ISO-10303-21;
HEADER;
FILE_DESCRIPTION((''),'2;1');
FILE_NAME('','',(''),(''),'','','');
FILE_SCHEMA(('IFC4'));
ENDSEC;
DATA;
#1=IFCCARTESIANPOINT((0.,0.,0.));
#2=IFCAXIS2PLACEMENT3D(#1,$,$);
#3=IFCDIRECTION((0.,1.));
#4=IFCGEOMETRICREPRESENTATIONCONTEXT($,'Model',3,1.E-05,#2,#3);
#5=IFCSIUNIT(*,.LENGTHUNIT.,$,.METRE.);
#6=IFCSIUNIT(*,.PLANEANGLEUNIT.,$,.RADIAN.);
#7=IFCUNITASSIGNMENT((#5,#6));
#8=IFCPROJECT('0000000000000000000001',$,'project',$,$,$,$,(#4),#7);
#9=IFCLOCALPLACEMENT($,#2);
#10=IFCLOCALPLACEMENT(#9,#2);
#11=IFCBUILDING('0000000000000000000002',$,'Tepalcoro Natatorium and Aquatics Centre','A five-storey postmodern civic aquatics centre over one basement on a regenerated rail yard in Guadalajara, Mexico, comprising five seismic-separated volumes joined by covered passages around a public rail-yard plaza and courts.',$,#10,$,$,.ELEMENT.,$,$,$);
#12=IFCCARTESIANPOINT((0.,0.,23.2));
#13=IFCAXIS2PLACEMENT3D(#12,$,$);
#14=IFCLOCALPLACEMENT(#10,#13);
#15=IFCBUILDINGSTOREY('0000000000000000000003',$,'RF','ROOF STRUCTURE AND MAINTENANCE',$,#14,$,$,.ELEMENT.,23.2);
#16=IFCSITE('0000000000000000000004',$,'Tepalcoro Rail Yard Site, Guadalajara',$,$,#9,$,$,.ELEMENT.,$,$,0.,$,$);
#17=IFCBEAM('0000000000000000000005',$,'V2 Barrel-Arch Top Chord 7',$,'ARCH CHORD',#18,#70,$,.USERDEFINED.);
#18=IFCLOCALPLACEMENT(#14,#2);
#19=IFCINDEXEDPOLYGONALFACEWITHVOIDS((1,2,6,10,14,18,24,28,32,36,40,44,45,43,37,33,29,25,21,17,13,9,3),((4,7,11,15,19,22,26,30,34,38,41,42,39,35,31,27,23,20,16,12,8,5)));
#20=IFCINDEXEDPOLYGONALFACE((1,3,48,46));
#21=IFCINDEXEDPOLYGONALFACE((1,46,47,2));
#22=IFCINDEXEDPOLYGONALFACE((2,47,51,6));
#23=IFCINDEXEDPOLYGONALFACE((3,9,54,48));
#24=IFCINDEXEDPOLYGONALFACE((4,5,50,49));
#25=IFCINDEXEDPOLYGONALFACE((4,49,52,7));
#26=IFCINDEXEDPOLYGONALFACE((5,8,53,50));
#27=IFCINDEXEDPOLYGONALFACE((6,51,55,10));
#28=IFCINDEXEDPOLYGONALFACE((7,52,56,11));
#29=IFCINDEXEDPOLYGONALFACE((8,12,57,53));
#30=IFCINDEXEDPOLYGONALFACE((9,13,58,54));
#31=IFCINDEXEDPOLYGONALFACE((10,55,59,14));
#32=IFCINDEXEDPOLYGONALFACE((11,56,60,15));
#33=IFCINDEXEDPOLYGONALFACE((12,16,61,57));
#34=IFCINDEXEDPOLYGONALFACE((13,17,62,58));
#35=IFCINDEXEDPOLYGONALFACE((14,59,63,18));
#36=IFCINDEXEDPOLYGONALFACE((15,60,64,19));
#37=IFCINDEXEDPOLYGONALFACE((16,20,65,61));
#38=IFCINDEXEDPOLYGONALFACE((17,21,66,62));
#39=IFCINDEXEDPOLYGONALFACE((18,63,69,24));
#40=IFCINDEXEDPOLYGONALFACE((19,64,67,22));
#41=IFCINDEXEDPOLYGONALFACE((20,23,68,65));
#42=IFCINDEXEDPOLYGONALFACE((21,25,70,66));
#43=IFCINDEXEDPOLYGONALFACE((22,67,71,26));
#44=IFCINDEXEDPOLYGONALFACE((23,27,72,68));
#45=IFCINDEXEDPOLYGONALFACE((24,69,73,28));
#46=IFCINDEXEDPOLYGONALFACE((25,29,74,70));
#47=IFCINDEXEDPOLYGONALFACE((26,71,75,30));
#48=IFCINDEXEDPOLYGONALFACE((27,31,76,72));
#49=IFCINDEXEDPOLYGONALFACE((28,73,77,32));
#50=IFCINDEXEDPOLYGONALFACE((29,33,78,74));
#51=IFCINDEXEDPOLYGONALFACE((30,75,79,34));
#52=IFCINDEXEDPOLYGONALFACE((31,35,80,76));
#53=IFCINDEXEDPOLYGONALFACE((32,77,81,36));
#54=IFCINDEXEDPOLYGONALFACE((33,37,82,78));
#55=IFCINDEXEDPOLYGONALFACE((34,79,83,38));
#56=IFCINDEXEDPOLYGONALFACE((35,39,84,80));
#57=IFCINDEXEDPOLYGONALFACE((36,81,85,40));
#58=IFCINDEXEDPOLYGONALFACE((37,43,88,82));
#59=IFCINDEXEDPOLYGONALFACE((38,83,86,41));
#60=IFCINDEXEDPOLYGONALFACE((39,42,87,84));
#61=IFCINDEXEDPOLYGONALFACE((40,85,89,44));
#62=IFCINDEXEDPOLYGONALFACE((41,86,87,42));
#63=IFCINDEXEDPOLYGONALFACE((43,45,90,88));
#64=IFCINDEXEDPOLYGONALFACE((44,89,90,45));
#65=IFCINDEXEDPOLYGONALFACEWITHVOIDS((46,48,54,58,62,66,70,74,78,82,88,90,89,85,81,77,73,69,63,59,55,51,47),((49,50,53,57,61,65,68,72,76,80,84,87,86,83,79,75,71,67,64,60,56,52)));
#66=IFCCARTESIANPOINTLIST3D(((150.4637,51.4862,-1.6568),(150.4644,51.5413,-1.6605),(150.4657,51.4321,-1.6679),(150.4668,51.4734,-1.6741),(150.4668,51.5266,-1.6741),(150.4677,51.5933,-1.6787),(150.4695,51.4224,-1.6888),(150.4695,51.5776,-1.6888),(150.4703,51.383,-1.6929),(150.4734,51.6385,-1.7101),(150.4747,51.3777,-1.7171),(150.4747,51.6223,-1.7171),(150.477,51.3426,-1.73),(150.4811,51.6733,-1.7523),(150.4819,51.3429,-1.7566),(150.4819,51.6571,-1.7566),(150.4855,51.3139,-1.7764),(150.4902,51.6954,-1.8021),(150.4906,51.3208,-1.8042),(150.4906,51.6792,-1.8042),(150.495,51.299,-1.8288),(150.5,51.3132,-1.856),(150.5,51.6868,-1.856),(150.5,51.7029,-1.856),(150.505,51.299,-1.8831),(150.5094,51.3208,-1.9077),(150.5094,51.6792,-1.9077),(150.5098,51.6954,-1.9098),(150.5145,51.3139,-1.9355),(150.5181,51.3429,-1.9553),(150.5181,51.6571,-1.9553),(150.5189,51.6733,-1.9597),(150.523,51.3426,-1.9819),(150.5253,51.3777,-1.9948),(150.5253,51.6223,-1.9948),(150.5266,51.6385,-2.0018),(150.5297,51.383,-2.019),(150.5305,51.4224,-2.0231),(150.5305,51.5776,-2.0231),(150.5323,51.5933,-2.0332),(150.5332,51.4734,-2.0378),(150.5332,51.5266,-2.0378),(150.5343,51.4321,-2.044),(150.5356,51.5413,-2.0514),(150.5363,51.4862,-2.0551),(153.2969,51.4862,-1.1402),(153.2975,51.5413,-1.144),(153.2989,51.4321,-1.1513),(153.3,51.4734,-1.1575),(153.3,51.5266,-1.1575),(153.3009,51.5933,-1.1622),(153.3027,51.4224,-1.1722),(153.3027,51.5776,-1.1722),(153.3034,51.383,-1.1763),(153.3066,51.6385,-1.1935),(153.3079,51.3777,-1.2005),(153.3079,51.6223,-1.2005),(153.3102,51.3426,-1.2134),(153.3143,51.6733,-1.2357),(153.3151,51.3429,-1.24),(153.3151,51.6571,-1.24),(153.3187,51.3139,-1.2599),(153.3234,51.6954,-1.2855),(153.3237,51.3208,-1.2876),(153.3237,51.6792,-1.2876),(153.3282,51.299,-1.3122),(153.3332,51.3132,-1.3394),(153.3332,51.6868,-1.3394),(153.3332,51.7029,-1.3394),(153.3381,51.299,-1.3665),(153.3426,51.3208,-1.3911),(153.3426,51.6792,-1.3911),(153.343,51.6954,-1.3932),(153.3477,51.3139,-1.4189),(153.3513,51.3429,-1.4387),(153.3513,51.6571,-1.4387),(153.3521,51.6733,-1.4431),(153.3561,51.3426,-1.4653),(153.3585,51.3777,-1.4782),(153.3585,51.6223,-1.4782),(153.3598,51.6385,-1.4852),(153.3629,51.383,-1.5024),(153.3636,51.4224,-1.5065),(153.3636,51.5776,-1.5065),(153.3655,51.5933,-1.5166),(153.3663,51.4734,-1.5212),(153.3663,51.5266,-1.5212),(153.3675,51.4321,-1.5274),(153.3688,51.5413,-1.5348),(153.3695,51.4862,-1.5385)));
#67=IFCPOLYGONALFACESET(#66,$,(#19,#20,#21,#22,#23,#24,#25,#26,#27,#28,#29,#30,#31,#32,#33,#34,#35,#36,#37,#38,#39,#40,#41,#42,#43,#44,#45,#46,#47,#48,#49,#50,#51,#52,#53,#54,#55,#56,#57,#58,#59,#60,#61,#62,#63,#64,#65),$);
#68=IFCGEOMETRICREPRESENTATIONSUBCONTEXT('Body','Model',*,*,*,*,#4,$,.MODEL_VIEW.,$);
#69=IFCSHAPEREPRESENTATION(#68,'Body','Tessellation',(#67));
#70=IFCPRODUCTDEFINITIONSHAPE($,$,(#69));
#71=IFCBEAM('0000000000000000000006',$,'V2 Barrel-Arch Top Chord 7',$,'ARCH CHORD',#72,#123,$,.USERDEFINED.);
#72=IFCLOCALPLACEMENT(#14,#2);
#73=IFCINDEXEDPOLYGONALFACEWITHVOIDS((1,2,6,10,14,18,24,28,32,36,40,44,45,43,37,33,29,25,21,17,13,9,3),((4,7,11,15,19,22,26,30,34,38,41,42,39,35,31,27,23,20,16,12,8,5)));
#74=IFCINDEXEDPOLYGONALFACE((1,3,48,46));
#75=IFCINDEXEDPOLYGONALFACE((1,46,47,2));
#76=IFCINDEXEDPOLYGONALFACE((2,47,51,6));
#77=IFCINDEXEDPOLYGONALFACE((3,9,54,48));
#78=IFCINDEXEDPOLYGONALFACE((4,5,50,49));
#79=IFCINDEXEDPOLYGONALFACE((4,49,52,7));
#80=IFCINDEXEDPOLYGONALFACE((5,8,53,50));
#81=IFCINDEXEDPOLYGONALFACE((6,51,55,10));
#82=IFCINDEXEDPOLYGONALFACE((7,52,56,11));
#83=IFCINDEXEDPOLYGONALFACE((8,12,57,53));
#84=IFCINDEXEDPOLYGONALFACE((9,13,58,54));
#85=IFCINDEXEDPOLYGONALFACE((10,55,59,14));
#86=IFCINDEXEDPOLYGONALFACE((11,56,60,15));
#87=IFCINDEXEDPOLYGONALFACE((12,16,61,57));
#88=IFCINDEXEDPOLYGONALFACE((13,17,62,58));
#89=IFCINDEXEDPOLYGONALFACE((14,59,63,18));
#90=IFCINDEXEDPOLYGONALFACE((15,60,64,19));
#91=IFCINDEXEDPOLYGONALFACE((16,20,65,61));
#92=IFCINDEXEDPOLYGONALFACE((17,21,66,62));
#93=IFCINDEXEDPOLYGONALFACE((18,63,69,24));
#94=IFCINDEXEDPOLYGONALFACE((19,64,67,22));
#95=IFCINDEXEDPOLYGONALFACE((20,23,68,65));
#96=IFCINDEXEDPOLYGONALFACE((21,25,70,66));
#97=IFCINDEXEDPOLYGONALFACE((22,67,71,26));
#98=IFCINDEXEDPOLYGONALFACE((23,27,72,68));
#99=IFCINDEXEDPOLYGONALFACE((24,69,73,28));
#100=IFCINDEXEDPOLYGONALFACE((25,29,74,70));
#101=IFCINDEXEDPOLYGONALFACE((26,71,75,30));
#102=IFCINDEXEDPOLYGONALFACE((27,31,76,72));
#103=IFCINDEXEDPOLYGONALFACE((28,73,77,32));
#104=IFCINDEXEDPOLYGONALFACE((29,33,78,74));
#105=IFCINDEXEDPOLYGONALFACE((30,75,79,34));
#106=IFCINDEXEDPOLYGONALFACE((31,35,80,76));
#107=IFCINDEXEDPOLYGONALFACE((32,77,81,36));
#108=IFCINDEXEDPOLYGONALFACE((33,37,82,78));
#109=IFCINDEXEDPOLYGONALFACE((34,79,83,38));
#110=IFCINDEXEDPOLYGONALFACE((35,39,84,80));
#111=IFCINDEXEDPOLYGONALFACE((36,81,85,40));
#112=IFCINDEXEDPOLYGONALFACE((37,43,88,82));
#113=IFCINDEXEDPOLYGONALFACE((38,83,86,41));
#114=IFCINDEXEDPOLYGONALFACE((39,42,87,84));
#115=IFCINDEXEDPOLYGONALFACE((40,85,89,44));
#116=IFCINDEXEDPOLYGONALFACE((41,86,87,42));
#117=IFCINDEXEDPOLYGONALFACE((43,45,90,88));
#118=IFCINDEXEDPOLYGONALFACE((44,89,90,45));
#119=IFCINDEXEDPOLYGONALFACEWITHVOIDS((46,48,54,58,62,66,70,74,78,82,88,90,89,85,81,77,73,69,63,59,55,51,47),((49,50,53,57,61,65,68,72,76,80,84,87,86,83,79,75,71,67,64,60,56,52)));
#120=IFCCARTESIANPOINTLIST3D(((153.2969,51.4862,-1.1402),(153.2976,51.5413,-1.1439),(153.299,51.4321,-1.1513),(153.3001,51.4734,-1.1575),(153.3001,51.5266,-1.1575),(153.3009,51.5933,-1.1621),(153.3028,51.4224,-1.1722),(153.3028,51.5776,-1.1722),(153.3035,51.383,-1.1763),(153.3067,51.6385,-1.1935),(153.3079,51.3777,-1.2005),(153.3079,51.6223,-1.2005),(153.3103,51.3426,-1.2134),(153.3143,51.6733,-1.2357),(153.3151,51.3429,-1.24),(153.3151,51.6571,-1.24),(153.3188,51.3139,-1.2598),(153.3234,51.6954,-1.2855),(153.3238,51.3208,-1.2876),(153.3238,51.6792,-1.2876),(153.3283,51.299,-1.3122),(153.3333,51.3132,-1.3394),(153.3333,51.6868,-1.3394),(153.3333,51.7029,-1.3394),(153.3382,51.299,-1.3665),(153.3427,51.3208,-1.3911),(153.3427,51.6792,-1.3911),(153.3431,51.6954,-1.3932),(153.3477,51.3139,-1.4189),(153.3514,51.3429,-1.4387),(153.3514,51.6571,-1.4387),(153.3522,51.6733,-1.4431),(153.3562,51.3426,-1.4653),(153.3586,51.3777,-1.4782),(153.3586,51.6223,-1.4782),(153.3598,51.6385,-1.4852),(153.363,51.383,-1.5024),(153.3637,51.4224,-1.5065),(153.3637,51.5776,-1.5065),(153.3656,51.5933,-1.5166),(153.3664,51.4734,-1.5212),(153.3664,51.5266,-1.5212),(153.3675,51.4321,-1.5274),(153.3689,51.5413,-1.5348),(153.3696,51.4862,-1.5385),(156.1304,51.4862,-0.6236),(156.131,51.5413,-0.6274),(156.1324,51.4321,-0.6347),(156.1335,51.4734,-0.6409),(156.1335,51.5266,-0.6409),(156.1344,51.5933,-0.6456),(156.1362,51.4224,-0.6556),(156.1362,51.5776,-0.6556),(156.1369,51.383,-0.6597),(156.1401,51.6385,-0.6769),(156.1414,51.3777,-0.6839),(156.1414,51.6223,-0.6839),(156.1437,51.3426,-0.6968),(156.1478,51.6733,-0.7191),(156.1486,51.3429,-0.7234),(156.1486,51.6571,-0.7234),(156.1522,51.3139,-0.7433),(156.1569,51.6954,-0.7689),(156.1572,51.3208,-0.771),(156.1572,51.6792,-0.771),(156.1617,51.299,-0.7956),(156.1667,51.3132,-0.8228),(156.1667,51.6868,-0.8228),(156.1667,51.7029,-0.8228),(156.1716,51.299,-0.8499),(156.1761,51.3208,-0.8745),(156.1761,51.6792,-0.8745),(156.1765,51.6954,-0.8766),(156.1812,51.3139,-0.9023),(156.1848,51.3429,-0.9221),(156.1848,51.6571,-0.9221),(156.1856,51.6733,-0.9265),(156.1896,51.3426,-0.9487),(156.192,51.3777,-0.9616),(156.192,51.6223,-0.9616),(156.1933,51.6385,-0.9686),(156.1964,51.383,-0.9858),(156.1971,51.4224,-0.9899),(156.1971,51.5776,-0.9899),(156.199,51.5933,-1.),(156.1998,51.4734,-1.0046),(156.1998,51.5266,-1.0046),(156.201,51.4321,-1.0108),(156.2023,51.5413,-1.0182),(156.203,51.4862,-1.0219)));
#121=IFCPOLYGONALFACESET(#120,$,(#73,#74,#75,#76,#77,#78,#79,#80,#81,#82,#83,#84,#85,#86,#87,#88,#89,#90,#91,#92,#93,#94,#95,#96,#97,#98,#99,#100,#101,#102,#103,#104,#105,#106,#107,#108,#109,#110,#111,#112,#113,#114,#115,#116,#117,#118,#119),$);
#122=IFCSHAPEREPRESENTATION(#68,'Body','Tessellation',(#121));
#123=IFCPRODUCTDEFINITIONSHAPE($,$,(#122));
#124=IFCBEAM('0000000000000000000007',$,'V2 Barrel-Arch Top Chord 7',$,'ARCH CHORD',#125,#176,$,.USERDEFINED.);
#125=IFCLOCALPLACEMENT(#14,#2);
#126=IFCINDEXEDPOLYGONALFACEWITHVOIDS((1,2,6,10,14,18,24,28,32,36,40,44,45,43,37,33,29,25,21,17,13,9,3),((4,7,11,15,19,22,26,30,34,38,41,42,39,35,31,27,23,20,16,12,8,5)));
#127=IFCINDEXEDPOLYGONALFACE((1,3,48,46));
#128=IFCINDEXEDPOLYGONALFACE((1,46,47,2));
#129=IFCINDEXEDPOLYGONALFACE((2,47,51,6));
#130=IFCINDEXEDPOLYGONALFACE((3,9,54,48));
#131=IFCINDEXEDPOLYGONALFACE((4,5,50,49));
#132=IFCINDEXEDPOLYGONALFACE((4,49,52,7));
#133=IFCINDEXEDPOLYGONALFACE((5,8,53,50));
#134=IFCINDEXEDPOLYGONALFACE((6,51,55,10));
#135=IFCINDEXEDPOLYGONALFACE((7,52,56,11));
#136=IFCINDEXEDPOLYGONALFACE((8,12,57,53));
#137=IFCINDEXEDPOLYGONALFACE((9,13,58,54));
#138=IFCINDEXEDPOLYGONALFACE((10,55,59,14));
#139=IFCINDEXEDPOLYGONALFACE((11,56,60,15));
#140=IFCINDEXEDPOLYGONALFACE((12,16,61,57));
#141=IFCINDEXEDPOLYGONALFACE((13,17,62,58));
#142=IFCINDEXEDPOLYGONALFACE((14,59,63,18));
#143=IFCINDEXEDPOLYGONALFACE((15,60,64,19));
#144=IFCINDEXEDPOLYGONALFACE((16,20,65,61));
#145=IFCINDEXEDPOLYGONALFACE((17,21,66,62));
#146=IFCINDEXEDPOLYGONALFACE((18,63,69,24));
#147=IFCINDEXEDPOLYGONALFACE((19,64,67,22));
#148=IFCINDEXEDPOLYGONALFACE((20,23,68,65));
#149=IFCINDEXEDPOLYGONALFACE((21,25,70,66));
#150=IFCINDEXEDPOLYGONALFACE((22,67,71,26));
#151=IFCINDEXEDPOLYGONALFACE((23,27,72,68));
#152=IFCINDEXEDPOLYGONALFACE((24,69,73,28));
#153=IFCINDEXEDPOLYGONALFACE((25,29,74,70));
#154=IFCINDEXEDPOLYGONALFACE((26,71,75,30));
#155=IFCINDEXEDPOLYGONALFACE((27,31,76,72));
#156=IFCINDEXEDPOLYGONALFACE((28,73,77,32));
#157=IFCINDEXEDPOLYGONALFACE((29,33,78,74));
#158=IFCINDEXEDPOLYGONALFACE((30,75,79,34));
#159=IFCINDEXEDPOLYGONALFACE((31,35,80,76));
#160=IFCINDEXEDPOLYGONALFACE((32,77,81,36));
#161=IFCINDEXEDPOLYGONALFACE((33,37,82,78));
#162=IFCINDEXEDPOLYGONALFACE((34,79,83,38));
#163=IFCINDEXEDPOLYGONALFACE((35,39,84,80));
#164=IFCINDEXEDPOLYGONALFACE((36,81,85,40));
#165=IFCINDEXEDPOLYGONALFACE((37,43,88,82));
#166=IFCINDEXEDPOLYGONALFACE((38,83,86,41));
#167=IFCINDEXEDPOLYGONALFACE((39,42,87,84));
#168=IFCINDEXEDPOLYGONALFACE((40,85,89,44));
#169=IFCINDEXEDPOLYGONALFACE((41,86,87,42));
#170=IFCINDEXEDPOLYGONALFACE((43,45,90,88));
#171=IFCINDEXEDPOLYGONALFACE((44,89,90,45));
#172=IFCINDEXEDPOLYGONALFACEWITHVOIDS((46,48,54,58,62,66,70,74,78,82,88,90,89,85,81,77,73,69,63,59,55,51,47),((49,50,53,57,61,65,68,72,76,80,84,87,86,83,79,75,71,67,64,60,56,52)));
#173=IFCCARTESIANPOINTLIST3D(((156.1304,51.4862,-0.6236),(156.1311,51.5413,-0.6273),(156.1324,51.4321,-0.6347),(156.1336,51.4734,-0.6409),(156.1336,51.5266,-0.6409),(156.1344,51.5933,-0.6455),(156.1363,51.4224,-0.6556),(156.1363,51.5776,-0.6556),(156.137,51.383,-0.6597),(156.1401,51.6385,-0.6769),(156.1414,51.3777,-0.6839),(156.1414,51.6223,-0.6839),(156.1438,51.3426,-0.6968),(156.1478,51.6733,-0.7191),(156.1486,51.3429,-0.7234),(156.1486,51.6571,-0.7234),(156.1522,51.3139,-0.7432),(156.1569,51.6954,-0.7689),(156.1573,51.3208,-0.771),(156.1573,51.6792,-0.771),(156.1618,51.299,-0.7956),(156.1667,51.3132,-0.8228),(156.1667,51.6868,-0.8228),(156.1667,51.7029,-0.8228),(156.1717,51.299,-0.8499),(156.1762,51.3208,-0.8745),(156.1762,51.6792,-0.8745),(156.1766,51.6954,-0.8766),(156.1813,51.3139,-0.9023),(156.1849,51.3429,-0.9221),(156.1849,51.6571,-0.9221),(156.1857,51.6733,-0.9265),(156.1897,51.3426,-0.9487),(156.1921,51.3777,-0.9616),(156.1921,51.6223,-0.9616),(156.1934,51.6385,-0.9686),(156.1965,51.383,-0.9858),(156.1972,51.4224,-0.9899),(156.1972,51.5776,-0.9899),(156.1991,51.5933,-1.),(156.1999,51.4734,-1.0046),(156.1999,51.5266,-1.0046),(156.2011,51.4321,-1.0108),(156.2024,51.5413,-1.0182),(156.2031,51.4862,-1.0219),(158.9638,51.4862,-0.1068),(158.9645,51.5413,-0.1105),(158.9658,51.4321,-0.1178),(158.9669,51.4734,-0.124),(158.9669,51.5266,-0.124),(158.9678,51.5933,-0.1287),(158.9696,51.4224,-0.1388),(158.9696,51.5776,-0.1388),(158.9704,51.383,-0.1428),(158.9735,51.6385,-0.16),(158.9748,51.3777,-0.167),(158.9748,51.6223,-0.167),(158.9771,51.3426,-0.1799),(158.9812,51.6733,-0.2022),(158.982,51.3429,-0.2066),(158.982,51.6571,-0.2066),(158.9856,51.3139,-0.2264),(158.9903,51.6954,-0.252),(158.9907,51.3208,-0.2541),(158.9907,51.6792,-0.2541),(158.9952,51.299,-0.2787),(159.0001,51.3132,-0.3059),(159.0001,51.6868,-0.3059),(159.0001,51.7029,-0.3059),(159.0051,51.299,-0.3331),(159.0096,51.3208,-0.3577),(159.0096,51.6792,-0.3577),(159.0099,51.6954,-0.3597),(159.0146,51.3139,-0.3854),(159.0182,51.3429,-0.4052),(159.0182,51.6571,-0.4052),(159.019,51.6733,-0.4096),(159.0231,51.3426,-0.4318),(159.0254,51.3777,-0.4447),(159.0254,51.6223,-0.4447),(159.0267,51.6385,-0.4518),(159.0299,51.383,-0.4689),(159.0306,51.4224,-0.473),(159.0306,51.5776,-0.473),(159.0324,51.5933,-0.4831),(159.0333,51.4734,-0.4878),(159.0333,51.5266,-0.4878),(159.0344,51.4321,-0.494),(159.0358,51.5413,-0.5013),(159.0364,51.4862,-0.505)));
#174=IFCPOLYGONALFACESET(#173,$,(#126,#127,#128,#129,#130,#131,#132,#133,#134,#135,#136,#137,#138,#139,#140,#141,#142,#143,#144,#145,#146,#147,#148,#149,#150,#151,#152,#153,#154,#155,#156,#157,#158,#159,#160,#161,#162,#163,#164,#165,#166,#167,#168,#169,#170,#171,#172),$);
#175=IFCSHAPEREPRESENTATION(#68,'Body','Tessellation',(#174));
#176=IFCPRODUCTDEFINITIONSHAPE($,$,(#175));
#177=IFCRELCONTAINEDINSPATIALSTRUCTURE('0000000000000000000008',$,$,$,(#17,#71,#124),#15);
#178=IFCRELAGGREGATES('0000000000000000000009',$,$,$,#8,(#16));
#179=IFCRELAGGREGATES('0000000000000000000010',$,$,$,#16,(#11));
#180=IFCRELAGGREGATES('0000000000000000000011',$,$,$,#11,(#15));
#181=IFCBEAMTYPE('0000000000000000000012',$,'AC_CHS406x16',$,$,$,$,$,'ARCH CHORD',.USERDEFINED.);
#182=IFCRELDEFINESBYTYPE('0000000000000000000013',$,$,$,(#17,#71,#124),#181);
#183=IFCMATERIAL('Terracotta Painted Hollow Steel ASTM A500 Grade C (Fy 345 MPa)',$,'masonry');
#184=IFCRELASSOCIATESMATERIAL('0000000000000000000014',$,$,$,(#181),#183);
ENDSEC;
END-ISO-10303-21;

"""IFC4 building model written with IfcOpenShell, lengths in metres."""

from ifc_helpers import new_model, si_unit, direction, frame, origin, origin_2d, place, context, subcontext, project, spatial, hollow_circle, extrude, material, material_profile, profile_set, type_object, element, save


model = new_model("IFC4")

# Units and contexts
model_context = context("Model", 3, precision=1e-05, world=origin(), true_north=direction((0.0, 1.0)))
body_context = subcontext(model_context, "Body", "Model", "MODEL_VIEW")
ifc_project = project(units=[si_unit("LENGTHUNIT", "METRE"), si_unit("PLANEANGLEUNIT", "RADIAN")], contexts=[model_context])

# Site, building, storey
site_placement = place(None, origin())
site = spatial("IfcSite", under=ifc_project, at=site_placement, Name="Tepalcoro Rail Yard Site, Guadalajara", CompositionType="ELEMENT", RefElevation=0.0)
building_placement = place(site_placement, origin())
building = spatial("IfcBuilding", under=site, at=building_placement, Name="Tepalcoro Natatorium and Aquatics Centre", Description="A five-storey postmodern civic aquatics centre over one basement on a regenerated rail yard in Guadalajara, Mexico, comprising five seismic-separated volumes joined by covered passages around a public rail-yard plaza and courts.", CompositionType="ELEMENT")
storey_placement = place(building_placement, frame((0.0, 0.0, 23.2)))
storey = spatial("IfcBuildingStorey", under=building, at=storey_placement, Name="RF", Description="ROOF STRUCTURE AND MAINTENANCE", CompositionType="ELEMENT", Elevation=23.2)

# Beams
ifc_material_1 = material(Name="Terracotta Painted Hollow Steel ASTM A500 Grade C (Fy 345 MPa)", Category="masonry")
ifc_material_profile_1 = material_profile(ifc_material_1, hollow_circle(Radius=0.2029, WallThickness=0.0161, at=origin_2d()), Name="CHS406X16")
ifc_profile_set_1 = profile_set([ifc_material_profile_1], Name="Terracotta Painted Hollow Steel ASTM A500 Grade C (Fy 345 MPa)")
beam_type_1 = type_object("IfcBeamType", Name="AC_CHS406x16", ElementType="ARCH CHORD", PredefinedType="USERDEFINED", material=ifc_profile_set_1)
beam_1_placement = place(storey_placement, frame((150.5, 51.5, -1.856), z_axis=(0.98378, 0.0, 0.179378), x_axis=(0.0, 1.0, 0.0)))
element("IfcBeam", 1, at=beam_1_placement, inside=storey, type_object=beam_type_1, Name="V2 Barrel-Arch Top Chord 7", ObjectType="ARCH CHORD", PredefinedType="USERDEFINED", context=body_context, shape_type="SweptSolid", body=[
    extrude(hollow_circle(Radius=0.2029, WallThickness=0.0161, at=origin_2d()), origin(), (0.0, 0.0, 1.0), 2.8799),
])
for number, where, z_axis, x_axis, name in (
    (2, (153.3333, 51.5, -1.3394), (0.983783, 0.0, 0.179363), (0.0, 1.0, 0.0), "V2 Barrel-Arch Top Chord 7"),
    (3, (156.1667, 51.5, -0.8228), (0.983765, 0.0, 0.17946), (0.0, 1.0, 0.0), "V2 Barrel-Arch Top Chord 7"),
):
    element("IfcBeam", number, at=place(storey_placement, frame(where, z_axis=z_axis, x_axis=x_axis)), inside=storey, type_object=beam_type_1, Name=name, ObjectType="ARCH CHORD", PredefinedType="USERDEFINED", context=body_context, shape_type="SweptSolid", body=[
        extrude(hollow_circle(Radius=0.2029, WallThickness=0.0161, at=origin_2d()), origin(), (0.0, 0.0, 1.0), 2.8801),
    ])

save(model, "model.ifc")
